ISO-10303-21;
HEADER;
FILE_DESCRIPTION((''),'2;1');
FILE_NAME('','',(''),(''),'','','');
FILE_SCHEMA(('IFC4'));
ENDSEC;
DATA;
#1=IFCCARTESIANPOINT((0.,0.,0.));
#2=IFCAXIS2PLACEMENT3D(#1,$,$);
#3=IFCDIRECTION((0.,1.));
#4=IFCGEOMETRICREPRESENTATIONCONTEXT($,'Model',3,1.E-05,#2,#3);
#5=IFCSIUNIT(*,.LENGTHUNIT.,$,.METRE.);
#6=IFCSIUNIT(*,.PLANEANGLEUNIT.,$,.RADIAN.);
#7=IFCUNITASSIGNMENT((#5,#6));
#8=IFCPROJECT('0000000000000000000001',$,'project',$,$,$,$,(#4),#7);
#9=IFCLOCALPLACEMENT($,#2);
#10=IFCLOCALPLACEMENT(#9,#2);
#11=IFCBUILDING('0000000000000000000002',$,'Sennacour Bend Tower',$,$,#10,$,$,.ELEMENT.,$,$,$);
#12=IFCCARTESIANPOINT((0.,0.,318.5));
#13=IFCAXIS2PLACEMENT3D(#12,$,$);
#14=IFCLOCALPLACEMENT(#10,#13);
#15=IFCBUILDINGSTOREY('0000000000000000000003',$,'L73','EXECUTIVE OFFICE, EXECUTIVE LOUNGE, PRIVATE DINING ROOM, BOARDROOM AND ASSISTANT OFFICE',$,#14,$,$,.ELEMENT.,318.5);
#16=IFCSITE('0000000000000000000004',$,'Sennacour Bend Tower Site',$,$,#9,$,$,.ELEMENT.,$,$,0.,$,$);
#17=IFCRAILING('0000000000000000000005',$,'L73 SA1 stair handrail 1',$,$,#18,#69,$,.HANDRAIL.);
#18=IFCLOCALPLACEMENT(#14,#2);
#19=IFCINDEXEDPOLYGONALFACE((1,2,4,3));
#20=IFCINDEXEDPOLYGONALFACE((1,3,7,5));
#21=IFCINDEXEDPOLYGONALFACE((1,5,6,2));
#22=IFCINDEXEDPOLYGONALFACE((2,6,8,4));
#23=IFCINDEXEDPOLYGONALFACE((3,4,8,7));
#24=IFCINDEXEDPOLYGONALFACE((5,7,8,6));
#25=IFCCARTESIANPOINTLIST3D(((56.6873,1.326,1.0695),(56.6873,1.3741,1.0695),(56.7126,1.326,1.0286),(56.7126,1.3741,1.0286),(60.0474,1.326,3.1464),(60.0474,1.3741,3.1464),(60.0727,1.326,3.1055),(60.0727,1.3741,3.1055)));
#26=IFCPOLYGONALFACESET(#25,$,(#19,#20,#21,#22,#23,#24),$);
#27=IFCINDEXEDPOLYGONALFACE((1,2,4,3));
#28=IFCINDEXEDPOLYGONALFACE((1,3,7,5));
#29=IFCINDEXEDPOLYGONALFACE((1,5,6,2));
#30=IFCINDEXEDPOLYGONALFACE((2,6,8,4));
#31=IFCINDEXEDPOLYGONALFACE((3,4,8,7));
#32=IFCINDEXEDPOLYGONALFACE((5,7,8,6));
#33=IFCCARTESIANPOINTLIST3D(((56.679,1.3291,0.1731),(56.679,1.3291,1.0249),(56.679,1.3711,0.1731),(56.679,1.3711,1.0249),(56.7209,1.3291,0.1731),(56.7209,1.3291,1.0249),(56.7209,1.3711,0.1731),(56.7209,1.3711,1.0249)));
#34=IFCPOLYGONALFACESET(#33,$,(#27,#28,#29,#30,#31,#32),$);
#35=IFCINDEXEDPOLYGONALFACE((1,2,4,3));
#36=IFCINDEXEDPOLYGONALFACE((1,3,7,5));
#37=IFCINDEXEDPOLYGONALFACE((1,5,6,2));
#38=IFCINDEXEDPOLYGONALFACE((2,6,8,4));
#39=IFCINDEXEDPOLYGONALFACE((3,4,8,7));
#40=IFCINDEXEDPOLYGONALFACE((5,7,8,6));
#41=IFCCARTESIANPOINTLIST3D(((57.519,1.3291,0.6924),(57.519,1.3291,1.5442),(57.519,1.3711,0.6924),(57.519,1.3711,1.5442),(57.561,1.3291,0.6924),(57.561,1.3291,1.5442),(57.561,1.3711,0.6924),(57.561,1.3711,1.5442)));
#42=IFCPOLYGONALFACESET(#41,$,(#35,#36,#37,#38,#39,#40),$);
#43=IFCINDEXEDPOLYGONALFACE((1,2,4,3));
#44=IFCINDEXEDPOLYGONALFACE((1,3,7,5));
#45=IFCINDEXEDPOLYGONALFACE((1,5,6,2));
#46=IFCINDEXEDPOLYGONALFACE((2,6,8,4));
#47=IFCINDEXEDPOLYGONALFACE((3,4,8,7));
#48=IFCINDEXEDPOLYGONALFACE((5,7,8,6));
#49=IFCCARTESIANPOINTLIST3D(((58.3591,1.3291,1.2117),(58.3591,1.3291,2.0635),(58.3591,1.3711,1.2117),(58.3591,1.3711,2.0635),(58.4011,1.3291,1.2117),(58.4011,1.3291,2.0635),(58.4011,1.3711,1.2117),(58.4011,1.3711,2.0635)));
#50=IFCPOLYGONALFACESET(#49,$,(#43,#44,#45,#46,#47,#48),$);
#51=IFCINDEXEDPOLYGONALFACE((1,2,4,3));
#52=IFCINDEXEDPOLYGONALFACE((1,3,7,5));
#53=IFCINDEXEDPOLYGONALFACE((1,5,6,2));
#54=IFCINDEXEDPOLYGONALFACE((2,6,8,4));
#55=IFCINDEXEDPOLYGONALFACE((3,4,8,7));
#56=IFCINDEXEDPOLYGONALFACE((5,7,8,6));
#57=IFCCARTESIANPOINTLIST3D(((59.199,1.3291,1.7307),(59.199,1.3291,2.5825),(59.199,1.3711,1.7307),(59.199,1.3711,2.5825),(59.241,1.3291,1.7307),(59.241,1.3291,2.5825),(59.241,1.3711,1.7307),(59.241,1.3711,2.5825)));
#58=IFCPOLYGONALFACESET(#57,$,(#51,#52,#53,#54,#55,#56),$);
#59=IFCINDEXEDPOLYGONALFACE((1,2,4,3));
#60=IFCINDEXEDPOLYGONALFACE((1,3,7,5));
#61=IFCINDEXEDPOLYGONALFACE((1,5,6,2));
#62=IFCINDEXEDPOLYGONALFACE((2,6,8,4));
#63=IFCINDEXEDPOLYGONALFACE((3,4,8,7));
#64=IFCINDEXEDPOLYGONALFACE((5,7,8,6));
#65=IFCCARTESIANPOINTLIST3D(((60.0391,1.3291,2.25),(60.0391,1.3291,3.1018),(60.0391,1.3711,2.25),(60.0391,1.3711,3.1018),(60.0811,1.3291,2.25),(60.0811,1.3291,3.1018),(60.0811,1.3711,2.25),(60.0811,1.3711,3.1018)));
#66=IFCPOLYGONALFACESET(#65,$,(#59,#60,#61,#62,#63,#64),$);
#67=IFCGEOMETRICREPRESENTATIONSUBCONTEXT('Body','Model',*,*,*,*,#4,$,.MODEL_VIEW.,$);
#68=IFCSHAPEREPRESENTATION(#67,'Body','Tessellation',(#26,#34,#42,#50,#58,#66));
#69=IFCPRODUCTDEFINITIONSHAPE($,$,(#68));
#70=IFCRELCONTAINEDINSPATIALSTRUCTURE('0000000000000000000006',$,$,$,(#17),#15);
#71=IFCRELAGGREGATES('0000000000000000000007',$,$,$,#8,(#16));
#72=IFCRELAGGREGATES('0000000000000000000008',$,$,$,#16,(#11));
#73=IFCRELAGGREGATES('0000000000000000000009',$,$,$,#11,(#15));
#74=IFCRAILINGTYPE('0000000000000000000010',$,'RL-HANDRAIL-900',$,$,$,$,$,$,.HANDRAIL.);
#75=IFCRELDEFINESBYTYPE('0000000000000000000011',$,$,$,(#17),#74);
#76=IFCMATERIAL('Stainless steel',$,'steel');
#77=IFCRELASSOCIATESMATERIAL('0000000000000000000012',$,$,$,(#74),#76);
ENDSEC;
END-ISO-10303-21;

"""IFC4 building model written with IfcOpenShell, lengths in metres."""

from ifc_helpers import new_model, si_unit, direction, frame, origin, origin_2d, place, context, subcontext, project, spatial, rectangle, extrude, material, type_object, element, save


model = new_model("IFC4")

# Units and contexts
model_context = context("Model", 3, precision=1e-05, world=origin(), true_north=direction((0.0, 1.0)))
body_context = subcontext(model_context, "Body", "Model", "MODEL_VIEW")
ifc_project = project(units=[si_unit("LENGTHUNIT", "METRE"), si_unit("PLANEANGLEUNIT", "RADIAN")], contexts=[model_context])

# Site, building, storey
site_placement = place(None, origin())
site = spatial("IfcSite", under=ifc_project, at=site_placement, Name="Sennacour Bend Tower Site", CompositionType="ELEMENT", RefElevation=0.0)
building_placement = place(site_placement, origin())
building = spatial("IfcBuilding", under=site, at=building_placement, Name="Sennacour Bend Tower", CompositionType="ELEMENT")
storey_placement = place(building_placement, frame((0.0, 0.0, 318.5)))
storey = spatial("IfcBuildingStorey", under=building, at=storey_placement, Name="L73", Description="EXECUTIVE OFFICE, EXECUTIVE LOUNGE, PRIVATE DINING ROOM, BOARDROOM AND ASSISTANT OFFICE", CompositionType="ELEMENT", Elevation=318.5)

# Shared definitions
ifc_material_1 = material(Name="Stainless steel", Category="steel")

# Railing
railing_type_1 = type_object("IfcRailingType", Name="RL-HANDRAIL-900", PredefinedType="HANDRAIL", material=ifc_material_1)
railing_1_placement = place(storey_placement, frame((56.7, 1.3501, 0.1731)))
element("IfcRailing", 1, at=railing_1_placement, inside=storey, type_object=railing_type_1, Name="L73 SA1 stair handrail 1", PredefinedType="HANDRAIL", context=body_context, shape_type="SweptSolid", body=[
    extrude(rectangle(XDim=0.0481, YDim=0.0481, at=origin_2d()), frame((0.0, 0.0, 0.876), z_axis=(0.850623, 0.0, 0.525776), x_axis=(0.0, 1.0, 0.0)), (0.0, 0.0, 1.0), 3.9502),
    extrude(rectangle(XDim=0.042, YDim=0.042, at=origin_2d()), origin(), (0.0, 0.0, 1.0), 0.8518),
    extrude(rectangle(XDim=0.042, YDim=0.042, at=origin_2d()), frame((0.8401, 0.0, 0.5193)), (0.0, 0.0, 1.0), 0.8518),
    extrude(rectangle(XDim=0.042, YDim=0.042, at=origin_2d()), frame((1.6802, 0.0, 1.0386)), (0.0, 0.0, 1.0), 0.8518),
    extrude(rectangle(XDim=0.042, YDim=0.042, at=origin_2d()), frame((2.52, 0.0, 1.5576)), (0.0, 0.0, 1.0), 0.8518),
    extrude(rectangle(XDim=0.042, YDim=0.042, at=origin_2d()), frame((3.3601, 0.0, 2.0769)), (0.0, 0.0, 1.0), 0.8518),
])

save(model, "model.ifc")
